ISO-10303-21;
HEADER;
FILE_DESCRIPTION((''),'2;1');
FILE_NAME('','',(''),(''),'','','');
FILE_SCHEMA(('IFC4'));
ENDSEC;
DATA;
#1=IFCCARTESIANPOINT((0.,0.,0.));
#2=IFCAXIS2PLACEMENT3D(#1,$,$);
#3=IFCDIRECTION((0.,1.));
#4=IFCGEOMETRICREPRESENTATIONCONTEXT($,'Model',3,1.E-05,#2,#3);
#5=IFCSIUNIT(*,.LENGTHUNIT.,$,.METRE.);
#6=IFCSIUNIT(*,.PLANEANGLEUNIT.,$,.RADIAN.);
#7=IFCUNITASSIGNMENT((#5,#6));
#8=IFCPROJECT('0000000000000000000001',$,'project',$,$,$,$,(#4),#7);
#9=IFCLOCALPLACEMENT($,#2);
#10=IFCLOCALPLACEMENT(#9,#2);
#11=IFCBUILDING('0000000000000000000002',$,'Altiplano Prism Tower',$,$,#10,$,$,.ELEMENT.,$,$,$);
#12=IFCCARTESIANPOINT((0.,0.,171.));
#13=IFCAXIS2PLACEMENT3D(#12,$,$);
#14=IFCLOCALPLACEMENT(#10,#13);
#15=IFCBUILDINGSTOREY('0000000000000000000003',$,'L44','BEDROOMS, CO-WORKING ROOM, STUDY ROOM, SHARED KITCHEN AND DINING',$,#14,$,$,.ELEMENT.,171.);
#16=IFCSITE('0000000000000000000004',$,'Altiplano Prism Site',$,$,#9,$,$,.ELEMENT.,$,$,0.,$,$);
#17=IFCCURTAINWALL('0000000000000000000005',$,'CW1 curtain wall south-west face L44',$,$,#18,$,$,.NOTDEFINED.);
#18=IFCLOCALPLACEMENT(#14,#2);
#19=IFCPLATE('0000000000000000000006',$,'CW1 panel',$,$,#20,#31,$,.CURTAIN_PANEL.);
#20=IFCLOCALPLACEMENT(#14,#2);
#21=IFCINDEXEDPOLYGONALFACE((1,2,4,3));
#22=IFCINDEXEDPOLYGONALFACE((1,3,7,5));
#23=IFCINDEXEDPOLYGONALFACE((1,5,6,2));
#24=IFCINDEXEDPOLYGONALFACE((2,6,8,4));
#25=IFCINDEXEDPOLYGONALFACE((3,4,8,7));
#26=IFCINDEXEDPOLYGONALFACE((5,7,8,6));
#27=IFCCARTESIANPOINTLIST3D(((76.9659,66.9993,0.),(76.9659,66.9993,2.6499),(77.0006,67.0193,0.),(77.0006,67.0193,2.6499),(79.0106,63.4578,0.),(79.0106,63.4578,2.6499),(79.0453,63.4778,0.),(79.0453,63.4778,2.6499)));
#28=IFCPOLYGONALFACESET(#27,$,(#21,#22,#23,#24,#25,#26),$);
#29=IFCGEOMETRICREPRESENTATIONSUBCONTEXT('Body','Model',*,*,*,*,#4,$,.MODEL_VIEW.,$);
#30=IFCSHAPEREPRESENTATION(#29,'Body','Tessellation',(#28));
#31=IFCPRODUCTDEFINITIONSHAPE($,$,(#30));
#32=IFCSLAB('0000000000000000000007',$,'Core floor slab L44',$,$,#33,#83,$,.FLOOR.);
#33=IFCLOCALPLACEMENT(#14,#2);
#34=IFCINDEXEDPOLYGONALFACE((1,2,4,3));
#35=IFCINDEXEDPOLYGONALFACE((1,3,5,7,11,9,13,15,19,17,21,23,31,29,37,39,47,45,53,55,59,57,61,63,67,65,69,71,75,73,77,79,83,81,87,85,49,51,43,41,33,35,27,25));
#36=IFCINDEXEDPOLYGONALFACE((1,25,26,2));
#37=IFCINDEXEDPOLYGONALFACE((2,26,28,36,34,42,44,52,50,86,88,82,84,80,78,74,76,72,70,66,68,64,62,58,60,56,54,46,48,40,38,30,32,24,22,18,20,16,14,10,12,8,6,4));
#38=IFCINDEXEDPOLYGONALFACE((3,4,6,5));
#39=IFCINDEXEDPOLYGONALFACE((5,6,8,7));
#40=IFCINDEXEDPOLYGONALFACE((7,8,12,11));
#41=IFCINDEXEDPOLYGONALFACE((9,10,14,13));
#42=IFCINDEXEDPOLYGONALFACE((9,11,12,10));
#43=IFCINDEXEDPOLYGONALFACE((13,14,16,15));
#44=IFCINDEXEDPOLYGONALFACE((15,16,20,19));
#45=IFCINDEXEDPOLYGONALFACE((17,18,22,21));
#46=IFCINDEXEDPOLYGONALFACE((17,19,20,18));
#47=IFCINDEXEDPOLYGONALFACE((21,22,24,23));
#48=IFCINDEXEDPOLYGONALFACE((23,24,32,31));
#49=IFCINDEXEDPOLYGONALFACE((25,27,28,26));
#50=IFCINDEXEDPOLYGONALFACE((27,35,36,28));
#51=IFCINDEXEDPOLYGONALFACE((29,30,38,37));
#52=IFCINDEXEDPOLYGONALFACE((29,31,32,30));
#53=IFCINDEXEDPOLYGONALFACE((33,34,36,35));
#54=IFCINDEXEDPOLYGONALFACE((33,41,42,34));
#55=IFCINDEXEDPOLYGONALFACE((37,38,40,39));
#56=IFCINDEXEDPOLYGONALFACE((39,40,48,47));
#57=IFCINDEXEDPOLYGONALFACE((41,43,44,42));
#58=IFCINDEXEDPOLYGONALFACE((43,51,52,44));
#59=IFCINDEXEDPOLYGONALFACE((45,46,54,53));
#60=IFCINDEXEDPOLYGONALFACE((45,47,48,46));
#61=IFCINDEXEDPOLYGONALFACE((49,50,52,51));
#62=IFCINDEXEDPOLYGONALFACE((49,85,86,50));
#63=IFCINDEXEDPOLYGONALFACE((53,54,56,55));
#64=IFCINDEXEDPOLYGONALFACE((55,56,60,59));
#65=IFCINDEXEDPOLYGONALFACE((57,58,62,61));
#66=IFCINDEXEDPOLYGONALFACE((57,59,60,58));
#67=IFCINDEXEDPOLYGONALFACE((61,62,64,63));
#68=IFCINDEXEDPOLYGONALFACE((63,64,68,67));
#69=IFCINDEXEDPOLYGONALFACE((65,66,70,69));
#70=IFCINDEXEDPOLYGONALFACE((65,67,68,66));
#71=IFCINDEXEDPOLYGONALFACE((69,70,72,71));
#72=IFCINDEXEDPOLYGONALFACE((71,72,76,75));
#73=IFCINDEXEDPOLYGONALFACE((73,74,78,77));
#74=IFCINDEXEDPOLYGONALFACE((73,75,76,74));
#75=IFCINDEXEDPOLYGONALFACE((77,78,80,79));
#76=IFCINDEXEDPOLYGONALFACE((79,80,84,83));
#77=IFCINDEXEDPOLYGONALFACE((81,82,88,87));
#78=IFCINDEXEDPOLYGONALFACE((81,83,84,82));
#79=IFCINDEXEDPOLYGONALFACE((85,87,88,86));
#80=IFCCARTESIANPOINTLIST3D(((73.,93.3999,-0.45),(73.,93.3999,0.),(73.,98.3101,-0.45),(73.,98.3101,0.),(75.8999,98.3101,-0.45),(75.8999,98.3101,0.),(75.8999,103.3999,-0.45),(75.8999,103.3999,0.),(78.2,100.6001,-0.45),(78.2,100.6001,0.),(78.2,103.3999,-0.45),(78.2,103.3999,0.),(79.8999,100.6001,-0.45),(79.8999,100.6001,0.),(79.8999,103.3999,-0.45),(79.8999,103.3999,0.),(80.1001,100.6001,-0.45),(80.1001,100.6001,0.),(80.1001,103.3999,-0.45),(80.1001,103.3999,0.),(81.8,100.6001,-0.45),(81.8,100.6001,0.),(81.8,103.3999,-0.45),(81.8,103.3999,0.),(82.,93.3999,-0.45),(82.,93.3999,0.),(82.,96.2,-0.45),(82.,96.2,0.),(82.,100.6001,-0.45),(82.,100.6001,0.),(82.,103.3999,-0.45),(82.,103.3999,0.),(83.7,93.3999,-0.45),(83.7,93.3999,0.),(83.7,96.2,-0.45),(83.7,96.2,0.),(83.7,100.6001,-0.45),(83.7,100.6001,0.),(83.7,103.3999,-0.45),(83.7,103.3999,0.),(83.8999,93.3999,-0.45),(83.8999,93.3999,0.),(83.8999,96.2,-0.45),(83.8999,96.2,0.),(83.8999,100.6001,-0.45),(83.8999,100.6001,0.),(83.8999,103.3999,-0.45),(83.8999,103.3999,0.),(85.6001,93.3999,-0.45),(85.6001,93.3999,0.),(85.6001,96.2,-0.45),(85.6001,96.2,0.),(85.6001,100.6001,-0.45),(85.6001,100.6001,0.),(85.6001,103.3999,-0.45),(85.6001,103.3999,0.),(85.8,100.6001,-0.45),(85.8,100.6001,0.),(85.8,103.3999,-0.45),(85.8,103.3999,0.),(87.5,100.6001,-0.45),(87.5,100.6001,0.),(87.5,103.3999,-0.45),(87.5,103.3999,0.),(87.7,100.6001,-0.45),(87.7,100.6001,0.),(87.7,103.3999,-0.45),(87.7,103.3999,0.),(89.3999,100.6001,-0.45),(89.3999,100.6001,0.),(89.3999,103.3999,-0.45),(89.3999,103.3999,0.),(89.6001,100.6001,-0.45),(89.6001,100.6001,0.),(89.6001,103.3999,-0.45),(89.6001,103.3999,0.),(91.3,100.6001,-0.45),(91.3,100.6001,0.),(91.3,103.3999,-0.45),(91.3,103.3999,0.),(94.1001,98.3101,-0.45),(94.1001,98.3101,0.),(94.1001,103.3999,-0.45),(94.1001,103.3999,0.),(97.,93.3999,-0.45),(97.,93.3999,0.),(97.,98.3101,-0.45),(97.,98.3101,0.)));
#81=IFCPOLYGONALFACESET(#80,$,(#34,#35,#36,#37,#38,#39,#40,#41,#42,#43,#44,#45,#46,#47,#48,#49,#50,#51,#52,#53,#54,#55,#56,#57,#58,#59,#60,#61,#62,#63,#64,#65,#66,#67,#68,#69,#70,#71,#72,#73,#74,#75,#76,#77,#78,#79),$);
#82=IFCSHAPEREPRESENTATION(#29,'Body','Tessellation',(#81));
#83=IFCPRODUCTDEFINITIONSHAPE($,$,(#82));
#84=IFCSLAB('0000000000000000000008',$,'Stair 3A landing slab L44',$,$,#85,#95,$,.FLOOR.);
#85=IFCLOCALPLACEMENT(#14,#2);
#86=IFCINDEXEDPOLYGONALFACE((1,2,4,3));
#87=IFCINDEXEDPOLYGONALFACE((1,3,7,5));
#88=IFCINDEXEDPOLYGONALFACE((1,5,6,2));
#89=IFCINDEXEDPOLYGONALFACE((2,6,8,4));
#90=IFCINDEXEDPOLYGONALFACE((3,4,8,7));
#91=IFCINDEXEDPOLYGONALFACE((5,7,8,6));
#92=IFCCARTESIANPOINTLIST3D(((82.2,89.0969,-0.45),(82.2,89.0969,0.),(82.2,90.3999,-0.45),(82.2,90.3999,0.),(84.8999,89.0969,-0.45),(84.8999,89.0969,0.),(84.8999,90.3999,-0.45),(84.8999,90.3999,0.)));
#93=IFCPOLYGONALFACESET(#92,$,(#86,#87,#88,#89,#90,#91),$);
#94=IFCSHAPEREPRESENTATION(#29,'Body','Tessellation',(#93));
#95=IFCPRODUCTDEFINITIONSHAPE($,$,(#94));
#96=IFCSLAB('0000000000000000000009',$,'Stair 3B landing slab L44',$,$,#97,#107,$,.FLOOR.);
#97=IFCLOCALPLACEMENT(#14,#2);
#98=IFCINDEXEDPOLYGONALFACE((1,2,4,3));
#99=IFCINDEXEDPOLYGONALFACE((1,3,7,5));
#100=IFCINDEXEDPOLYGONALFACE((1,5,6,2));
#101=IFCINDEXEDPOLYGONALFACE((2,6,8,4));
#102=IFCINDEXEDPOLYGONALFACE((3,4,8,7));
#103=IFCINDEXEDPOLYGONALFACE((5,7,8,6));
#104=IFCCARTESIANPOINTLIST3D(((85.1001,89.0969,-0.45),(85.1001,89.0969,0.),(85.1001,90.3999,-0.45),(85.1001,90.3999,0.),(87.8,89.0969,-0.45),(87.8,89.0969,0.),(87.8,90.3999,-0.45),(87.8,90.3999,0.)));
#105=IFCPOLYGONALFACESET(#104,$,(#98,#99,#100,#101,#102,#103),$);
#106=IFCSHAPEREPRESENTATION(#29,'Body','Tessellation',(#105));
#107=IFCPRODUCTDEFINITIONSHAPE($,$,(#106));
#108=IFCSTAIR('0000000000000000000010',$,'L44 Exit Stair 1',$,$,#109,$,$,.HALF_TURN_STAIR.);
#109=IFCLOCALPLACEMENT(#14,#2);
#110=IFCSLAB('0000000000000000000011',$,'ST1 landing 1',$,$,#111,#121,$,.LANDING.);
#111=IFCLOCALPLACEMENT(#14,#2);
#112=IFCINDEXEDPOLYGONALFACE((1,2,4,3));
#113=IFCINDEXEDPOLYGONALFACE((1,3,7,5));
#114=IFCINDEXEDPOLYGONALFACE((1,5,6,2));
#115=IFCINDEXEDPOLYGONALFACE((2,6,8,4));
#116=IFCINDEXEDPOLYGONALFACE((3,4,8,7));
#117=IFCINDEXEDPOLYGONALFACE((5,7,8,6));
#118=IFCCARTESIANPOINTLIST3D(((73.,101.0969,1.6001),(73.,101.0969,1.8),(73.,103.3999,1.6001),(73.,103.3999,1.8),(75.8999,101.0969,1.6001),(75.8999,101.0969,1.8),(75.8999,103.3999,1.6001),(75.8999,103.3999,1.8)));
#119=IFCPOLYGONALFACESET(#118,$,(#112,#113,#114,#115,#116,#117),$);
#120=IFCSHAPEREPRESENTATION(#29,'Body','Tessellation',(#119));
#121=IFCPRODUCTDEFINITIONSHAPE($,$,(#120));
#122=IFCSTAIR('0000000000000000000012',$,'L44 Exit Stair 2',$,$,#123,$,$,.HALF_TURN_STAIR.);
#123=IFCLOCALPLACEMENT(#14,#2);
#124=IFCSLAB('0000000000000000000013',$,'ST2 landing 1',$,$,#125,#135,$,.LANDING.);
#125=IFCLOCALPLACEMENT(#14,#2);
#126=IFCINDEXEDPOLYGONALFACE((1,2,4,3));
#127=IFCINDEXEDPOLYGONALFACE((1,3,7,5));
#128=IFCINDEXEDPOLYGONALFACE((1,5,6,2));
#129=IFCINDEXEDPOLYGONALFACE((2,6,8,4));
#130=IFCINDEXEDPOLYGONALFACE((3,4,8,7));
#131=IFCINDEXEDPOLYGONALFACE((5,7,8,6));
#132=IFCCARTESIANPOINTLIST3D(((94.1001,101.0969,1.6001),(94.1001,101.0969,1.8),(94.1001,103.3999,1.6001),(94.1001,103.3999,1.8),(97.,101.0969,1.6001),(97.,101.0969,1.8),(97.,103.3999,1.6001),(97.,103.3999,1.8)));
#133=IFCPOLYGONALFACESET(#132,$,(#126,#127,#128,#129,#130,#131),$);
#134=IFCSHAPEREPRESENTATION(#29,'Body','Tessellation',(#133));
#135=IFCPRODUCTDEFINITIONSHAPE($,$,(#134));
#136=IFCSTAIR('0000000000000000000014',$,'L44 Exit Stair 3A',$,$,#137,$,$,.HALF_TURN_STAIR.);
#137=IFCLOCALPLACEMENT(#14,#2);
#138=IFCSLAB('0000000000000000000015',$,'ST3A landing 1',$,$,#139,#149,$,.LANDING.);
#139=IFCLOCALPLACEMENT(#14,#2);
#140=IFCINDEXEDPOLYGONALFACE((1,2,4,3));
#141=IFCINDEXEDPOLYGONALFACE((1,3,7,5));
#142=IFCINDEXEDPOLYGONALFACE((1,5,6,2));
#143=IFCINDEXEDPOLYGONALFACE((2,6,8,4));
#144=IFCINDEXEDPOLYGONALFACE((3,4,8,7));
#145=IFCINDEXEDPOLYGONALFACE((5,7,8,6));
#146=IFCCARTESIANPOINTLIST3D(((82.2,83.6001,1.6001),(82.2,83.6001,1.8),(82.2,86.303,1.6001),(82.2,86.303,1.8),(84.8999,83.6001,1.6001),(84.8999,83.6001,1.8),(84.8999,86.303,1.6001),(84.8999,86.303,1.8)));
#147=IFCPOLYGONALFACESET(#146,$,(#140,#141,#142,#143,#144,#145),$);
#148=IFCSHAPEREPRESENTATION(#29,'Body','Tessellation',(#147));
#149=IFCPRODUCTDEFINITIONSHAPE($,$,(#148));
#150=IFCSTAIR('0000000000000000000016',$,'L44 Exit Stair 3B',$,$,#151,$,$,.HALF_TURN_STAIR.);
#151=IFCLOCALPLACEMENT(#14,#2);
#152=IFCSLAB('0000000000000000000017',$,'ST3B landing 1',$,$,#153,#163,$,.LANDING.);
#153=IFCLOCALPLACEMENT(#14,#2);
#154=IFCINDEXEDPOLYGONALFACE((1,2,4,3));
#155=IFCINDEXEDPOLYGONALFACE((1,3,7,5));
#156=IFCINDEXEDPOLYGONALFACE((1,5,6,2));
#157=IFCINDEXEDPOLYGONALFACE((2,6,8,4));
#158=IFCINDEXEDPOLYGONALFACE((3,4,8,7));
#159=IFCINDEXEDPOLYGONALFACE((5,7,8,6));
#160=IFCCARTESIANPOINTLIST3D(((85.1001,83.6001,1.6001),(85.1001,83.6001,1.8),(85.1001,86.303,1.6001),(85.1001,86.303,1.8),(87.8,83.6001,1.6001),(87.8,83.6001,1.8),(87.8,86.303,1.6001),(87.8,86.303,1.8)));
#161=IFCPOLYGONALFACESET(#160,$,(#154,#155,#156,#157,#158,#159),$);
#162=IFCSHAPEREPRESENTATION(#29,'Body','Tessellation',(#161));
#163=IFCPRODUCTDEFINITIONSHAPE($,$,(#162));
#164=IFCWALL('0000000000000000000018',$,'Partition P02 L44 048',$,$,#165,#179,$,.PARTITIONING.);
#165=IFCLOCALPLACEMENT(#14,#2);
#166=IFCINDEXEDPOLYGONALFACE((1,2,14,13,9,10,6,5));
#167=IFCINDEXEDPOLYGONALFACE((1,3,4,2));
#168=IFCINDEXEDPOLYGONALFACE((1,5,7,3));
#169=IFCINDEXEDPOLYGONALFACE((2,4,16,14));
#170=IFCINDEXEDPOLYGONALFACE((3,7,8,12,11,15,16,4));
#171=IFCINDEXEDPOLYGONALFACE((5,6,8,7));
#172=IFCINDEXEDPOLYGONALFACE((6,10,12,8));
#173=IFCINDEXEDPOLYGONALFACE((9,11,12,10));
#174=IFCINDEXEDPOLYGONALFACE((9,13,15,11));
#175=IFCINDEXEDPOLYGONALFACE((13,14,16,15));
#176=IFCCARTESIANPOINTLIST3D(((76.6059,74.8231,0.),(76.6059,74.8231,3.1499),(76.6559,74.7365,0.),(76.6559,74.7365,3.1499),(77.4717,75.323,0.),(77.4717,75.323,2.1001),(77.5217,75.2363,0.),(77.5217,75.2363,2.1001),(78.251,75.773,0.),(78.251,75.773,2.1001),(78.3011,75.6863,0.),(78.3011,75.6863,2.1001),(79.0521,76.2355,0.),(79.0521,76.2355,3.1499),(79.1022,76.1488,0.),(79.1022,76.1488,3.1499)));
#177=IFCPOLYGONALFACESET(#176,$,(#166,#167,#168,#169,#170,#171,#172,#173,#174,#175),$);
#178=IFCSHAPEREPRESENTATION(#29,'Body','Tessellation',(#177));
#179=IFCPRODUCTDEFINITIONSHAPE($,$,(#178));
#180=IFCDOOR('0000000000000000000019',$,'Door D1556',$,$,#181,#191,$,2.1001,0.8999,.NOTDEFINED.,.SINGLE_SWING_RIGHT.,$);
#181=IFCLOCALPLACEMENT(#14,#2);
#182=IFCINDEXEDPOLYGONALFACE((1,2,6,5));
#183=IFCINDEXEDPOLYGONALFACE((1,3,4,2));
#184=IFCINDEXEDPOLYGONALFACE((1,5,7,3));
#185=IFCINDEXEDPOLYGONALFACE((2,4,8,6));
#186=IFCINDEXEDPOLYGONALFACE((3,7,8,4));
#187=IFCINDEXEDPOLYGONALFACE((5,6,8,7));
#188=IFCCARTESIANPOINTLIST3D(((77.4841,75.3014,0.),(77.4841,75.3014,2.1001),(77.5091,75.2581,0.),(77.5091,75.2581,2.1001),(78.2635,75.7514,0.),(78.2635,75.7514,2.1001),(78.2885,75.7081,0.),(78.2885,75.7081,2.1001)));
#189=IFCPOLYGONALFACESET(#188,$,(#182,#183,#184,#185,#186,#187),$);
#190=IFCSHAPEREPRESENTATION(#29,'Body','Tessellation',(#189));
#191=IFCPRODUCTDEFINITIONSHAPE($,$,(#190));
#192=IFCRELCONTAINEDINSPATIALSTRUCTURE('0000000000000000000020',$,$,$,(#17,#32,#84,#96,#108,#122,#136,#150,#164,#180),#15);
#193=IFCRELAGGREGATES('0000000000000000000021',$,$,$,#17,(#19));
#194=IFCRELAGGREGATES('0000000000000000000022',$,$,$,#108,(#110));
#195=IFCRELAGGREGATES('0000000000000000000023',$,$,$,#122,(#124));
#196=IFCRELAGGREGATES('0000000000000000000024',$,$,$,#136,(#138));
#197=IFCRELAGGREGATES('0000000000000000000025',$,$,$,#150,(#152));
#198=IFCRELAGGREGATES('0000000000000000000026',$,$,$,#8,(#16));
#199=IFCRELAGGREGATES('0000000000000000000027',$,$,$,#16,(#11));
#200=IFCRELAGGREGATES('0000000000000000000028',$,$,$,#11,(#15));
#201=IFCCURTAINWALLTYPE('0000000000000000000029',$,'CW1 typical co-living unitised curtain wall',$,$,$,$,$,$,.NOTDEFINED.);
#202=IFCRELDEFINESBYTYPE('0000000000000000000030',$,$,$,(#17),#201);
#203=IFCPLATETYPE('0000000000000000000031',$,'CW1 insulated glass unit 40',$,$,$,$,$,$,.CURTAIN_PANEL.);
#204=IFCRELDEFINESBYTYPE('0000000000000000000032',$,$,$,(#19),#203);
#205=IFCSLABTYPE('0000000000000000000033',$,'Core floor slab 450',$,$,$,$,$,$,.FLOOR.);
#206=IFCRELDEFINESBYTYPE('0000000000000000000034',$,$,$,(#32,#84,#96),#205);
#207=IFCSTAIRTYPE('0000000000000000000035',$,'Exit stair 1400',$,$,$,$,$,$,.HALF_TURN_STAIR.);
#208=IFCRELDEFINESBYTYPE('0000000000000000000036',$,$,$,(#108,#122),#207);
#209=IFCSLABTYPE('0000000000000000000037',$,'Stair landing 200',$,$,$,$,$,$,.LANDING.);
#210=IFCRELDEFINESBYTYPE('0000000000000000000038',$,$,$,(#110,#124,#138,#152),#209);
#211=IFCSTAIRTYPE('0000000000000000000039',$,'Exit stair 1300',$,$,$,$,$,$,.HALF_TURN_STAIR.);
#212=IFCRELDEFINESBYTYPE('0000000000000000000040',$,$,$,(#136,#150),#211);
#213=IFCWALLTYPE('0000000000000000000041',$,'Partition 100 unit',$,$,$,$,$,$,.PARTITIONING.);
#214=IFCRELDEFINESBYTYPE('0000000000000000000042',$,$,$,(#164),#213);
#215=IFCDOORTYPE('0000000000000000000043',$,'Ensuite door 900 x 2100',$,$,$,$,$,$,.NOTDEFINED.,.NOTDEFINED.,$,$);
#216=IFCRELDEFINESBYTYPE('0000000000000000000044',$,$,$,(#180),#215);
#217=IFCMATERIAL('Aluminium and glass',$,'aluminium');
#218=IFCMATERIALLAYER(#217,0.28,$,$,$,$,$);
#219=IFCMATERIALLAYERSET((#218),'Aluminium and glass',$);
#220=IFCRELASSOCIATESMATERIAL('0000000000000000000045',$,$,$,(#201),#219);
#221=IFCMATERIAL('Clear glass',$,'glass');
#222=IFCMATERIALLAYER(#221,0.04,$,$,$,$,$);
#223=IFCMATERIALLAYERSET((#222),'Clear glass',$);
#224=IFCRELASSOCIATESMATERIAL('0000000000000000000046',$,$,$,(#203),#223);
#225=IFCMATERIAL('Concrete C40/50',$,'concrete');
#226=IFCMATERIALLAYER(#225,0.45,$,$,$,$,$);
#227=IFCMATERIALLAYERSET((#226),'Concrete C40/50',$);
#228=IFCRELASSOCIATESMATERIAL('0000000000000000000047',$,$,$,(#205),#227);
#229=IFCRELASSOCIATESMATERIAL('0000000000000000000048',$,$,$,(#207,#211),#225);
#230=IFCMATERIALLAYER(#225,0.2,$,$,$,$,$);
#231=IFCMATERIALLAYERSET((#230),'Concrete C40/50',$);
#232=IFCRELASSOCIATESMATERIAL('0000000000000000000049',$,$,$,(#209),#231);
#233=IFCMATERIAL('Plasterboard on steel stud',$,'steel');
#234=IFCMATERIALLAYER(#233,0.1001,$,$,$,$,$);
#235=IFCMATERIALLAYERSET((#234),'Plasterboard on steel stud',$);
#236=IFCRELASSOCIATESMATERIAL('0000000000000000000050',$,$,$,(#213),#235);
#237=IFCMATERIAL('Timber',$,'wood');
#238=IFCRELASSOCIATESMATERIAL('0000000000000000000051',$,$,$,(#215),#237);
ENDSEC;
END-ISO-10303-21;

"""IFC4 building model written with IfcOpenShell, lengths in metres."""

from ifc_helpers import new_model, si_unit, direction, frame, frame_2d, origin, origin_2d, place, context, subcontext, project, spatial, polyline, rectangle, outline, extrude, material, layer, layer_set, type_object, element, fill, aggregate, save


model = new_model("IFC4")

# Units and contexts
model_context = context("Model", 3, precision=1e-05, world=origin(), true_north=direction((0.0, 1.0)))
body_context = subcontext(model_context, "Body", "Model", "MODEL_VIEW")
ifc_project = project(units=[si_unit("LENGTHUNIT", "METRE"), si_unit("PLANEANGLEUNIT", "RADIAN")], contexts=[model_context])

# Site, building, storey
site_placement = place(None, origin())
site = spatial("IfcSite", under=ifc_project, at=site_placement, Name="Altiplano Prism Site", CompositionType="ELEMENT", RefElevation=0.0)
building_placement = place(site_placement, origin())
building = spatial("IfcBuilding", under=site, at=building_placement, Name="Altiplano Prism Tower", CompositionType="ELEMENT")
storey_placement = place(building_placement, frame((0.0, 0.0, 171.0)))
storey = spatial("IfcBuildingStorey", under=building, at=storey_placement, Name="L44", Description="BEDROOMS, CO-WORKING ROOM, STUDY ROOM, SHARED KITCHEN AND DINING", CompositionType="ELEMENT", Elevation=171.0)

# Curtain wall
ifc_material_1 = material(Name="Aluminium and glass", Category="aluminium")
ifc_layer_1 = layer(ifc_material_1, 0.28)
ifc_layer_set_1 = layer_set([ifc_layer_1], Name="Aluminium and glass")
curtain_wall_type = type_object("IfcCurtainWallType", Name="CW1 typical co-living unitised curtain wall", PredefinedType="NOTDEFINED", material=ifc_layer_set_1)
curtain_wall_placement = place(storey_placement, origin())
curtain_wall = element("IfcCurtainWall", 1, at=curtain_wall_placement, inside=storey, type_object=curtain_wall_type, Name="CW1 curtain wall south-west face L44", PredefinedType="NOTDEFINED")

# Plate
ifc_material_2 = material(Name="Clear glass", Category="glass")
ifc_layer_2 = layer(ifc_material_2, 0.04)
ifc_layer_set_2 = layer_set([ifc_layer_2], Name="Clear glass")
plate_type = type_object("IfcPlateType", Name="CW1 insulated glass unit 40", PredefinedType="CURTAIN_PANEL", material=ifc_layer_set_2)
plate_1_placement = place(storey_placement, frame((78.0056, 65.2385, 0.0), z_axis=(0.0, 0.0, 1.0), x_axis=(0.5, -0.866025, 0.0)))
plate_1 = element("IfcPlate", 2, at=plate_1_placement, type_object=plate_type, Name="CW1 panel", PredefinedType="CURTAIN_PANEL", context=body_context, shape_type="SweptSolid", body=[
    extrude(rectangle(XDim=4.0894, YDim=0.04, at=origin_2d()), origin(), (0.0, 0.0, 1.0), 2.6499),
])
aggregate(curtain_wall, [plate_1])

# Slabs
ifc_material_3 = material(Name="Concrete C40/50", Category="concrete")
ifc_layer_3 = layer(ifc_material_3, 0.45)
ifc_layer_set_3 = layer_set([ifc_layer_3], Name="Concrete C40/50")
slab_type_1 = type_object("IfcSlabType", Name="Core floor slab 450", PredefinedType="FLOOR", material=ifc_layer_set_3)
slab_1_placement = place(storey_placement, frame((0.0, 0.0, -0.45)))
element("IfcSlab", 3, at=slab_1_placement, inside=storey, type_object=slab_type_1, Name="Core floor slab L44", PredefinedType="FLOOR", context=body_context, shape_type="SweptSolid", body=[
    extrude(outline(polyline([(97.0, 98.3101), (94.1001, 98.3101), (94.1001, 103.3999), (91.3, 103.3999), (91.3, 100.6001), (89.6001, 100.6001), (89.6001, 103.3999), (89.3999, 103.3999), (89.3999, 100.6001), (87.7, 100.6001), (87.7, 103.3999), (87.5, 103.3999), (87.5, 100.6001), (85.8, 100.6001), (85.8, 103.3999), (85.6001, 103.3999), (85.6001, 100.6001), (83.8999, 100.6001), (83.8999, 103.3999), (83.7, 103.3999), (83.7, 100.6001), (82.0, 100.6001), (82.0, 103.3999), (81.8, 103.3999), (81.8, 100.6001), (80.1001, 100.6001), (80.1001, 103.3999), (79.8999, 103.3999), (79.8999, 100.6001), (78.2, 100.6001), (78.2, 103.3999), (75.8999, 103.3999), (75.8999, 98.3101), (73.0, 98.3101), (73.0, 93.3999), (82.0, 93.3999), (82.0, 96.2), (83.7, 96.2), (83.7, 93.3999), (83.8999, 93.3999), (83.8999, 96.2), (85.6001, 96.2), (85.6001, 93.3999), (97.0, 93.3999), (97.0, 98.3101)])), origin(), (0.0, 0.0, 1.0), 0.45),
])
slab_2_placement = place(storey_placement, frame((0.0, 0.0, -0.45)))
element("IfcSlab", 4, at=slab_2_placement, inside=storey, type_object=slab_type_1, Name="Stair 3A landing slab L44", PredefinedType="FLOOR", context=body_context, shape_type="SweptSolid", body=[
    extrude(outline(polyline([(82.2, 89.0969), (84.8999, 89.0969), (84.8999, 90.3999), (82.2, 90.3999), (82.2, 89.0969)])), origin(), (0.0, 0.0, 1.0), 0.45),
])
slab_3_placement = place(storey_placement, frame((0.0, 0.0, -0.45)))
element("IfcSlab", 5, at=slab_3_placement, inside=storey, type_object=slab_type_1, Name="Stair 3B landing slab L44", PredefinedType="FLOOR", context=body_context, shape_type="SweptSolid", body=[
    extrude(outline(polyline([(85.1001, 89.0969), (87.8, 89.0969), (87.8, 90.3999), (85.1001, 90.3999), (85.1001, 89.0969)])), origin(), (0.0, 0.0, 1.0), 0.45),
])

# Stairs, slabs
stair_type_1 = type_object("IfcStairType", Name="Exit stair 1400", PredefinedType="HALF_TURN_STAIR", material=ifc_material_3)
stair_1_placement = place(storey_placement, origin())
stair_1 = element("IfcStair", 6, at=stair_1_placement, inside=storey, type_object=stair_type_1, Name="L44 Exit Stair 1", PredefinedType="HALF_TURN_STAIR")
ifc_layer_4 = layer(ifc_material_3, 0.2)
ifc_layer_set_4 = layer_set([ifc_layer_4], Name="Concrete C40/50")
slab_type_2 = type_object("IfcSlabType", Name="Stair landing 200", PredefinedType="LANDING", material=ifc_layer_set_4)
slab_4_placement = place(storey_placement, frame((0.0, 0.0, 1.6001)))
slab_4 = element("IfcSlab", 7, at=slab_4_placement, type_object=slab_type_2, Name="ST1 landing 1", PredefinedType="LANDING", context=body_context, shape_type="SweptSolid", body=[
    extrude(outline(polyline([(75.8999, 101.0969), (75.8999, 103.3999), (73.0, 103.3999), (73.0, 101.0969), (75.8999, 101.0969)])), origin(), (0.0, 0.0, 1.0), 0.2),
])
aggregate(stair_1, [slab_4])
stair_2_placement = place(storey_placement, origin())
stair_2 = element("IfcStair", 8, at=stair_2_placement, inside=storey, type_object=stair_type_1, Name="L44 Exit Stair 2", PredefinedType="HALF_TURN_STAIR")
slab_5_placement = place(storey_placement, frame((0.0, 0.0, 1.6001)))
slab_5 = element("IfcSlab", 9, at=slab_5_placement, type_object=slab_type_2, Name="ST2 landing 1", PredefinedType="LANDING", context=body_context, shape_type="SweptSolid", body=[
    extrude(outline(polyline([(97.0, 101.0969), (97.0, 103.3999), (94.1001, 103.3999), (94.1001, 101.0969), (97.0, 101.0969)])), origin(), (0.0, 0.0, 1.0), 0.2),
])
aggregate(stair_2, [slab_5])
stair_type_2 = type_object("IfcStairType", Name="Exit stair 1300", PredefinedType="HALF_TURN_STAIR", material=ifc_material_3)
stair_3_placement = place(storey_placement, origin())
stair_3 = element("IfcStair", 10, at=stair_3_placement, inside=storey, type_object=stair_type_2, Name="L44 Exit Stair 3A", PredefinedType="HALF_TURN_STAIR")
slab_6_placement = place(storey_placement, frame((0.0, 0.0, 1.6001)))
slab_6 = element("IfcSlab", 11, at=slab_6_placement, type_object=slab_type_2, Name="ST3A landing 1", PredefinedType="LANDING", context=body_context, shape_type="SweptSolid", body=[
    extrude(outline(polyline([(82.2, 86.303), (82.2, 83.6001), (84.8999, 83.6001), (84.8999, 86.303), (82.2, 86.303)])), origin(), (0.0, 0.0, 1.0), 0.2),
])
aggregate(stair_3, [slab_6])
stair_4_placement = place(storey_placement, origin())
stair_4 = element("IfcStair", 12, at=stair_4_placement, inside=storey, type_object=stair_type_2, Name="L44 Exit Stair 3B", PredefinedType="HALF_TURN_STAIR")
slab_7_placement = place(storey_placement, frame((0.0, 0.0, 1.6001)))
slab_7 = element("IfcSlab", 13, at=slab_7_placement, type_object=slab_type_2, Name="ST3B landing 1", PredefinedType="LANDING", context=body_context, shape_type="SweptSolid", body=[
    extrude(outline(polyline([(85.1001, 86.303), (85.1001, 83.6001), (87.8, 83.6001), (87.8, 86.303), (85.1001, 86.303)])), origin(), (0.0, 0.0, 1.0), 0.2),
])
aggregate(stair_4, [slab_7])

# Wall, opening, door
ifc_material_4 = material(Name="Plasterboard on steel stud", Category="steel")
ifc_layer_5 = layer(ifc_material_4, 0.1001)
ifc_layer_set_5 = layer_set([ifc_layer_5], Name="Plasterboard on steel stud")
wall_type_1 = type_object("IfcWallType", Name="Partition 100 unit", PredefinedType="PARTITIONING", material=ifc_layer_set_5)
wall_1_placement = place(storey_placement, frame((79.0771, 76.1921, 0.0), z_axis=(0.0, 0.0, 1.0), x_axis=(-0.866027, -0.499997, 0.0)))
wall_1 = element("IfcWall", 14, at=wall_1_placement, inside=storey, type_object=wall_type_1, Name="Partition P02 L44 048", PredefinedType="PARTITIONING", context=body_context, shape_type="SweptSolid", body=[
    extrude(rectangle(XDim=2.8247, YDim=0.1001, at=frame_2d((1.4124, 0.0))), origin(), (0.0, 0.0, 1.0), 3.1499),
])
opening_1_placement = place(wall_1_placement, frame((0.925, 0.0, 0.0)))
opening_1 = element("IfcOpeningElement", 15, at=opening_1_placement, cuts=wall_1, PredefinedType="OPENING", context=body_context, shape_type="SweptSolid", body=[
    extrude(rectangle(XDim=0.8999, YDim=2.1001, at=frame_2d((0.45, 1.05))), frame((0.0, 0.0605, 0.0), z_axis=(0.0, -1.0, 0.0), x_axis=(1.0, 0.0, 0.0)), (0.0, 0.0, 1.0), 0.1211),
])
ifc_material_5 = material(Name="Timber", Category="wood")
door_type = type_object("IfcDoorType", Name="Ensuite door 900 x 2100", OperationType="NOTDEFINED", PredefinedType="NOTDEFINED", material=ifc_material_5)
door_1_placement = place(opening_1_placement, origin())
door_1 = element("IfcDoor", 16, at=door_1_placement, inside=storey, type_object=door_type, Name="Door D1556", OperationType="SINGLE_SWING_RIGHT", OverallHeight=2.1001, OverallWidth=0.8999, PredefinedType="NOTDEFINED", context=body_context, shape_type="SweptSolid", body=[
    extrude(rectangle(XDim=0.8999, YDim=2.1001, at=frame_2d((0.45, 1.05))), frame((0.0, 0.0249, 0.0), z_axis=(0.0, -1.0, 0.0), x_axis=(1.0, 0.0, 0.0)), (0.0, 0.0, 1.0), 0.05),
])
fill(opening_1, door_1)

save(model, "model.ifc")
